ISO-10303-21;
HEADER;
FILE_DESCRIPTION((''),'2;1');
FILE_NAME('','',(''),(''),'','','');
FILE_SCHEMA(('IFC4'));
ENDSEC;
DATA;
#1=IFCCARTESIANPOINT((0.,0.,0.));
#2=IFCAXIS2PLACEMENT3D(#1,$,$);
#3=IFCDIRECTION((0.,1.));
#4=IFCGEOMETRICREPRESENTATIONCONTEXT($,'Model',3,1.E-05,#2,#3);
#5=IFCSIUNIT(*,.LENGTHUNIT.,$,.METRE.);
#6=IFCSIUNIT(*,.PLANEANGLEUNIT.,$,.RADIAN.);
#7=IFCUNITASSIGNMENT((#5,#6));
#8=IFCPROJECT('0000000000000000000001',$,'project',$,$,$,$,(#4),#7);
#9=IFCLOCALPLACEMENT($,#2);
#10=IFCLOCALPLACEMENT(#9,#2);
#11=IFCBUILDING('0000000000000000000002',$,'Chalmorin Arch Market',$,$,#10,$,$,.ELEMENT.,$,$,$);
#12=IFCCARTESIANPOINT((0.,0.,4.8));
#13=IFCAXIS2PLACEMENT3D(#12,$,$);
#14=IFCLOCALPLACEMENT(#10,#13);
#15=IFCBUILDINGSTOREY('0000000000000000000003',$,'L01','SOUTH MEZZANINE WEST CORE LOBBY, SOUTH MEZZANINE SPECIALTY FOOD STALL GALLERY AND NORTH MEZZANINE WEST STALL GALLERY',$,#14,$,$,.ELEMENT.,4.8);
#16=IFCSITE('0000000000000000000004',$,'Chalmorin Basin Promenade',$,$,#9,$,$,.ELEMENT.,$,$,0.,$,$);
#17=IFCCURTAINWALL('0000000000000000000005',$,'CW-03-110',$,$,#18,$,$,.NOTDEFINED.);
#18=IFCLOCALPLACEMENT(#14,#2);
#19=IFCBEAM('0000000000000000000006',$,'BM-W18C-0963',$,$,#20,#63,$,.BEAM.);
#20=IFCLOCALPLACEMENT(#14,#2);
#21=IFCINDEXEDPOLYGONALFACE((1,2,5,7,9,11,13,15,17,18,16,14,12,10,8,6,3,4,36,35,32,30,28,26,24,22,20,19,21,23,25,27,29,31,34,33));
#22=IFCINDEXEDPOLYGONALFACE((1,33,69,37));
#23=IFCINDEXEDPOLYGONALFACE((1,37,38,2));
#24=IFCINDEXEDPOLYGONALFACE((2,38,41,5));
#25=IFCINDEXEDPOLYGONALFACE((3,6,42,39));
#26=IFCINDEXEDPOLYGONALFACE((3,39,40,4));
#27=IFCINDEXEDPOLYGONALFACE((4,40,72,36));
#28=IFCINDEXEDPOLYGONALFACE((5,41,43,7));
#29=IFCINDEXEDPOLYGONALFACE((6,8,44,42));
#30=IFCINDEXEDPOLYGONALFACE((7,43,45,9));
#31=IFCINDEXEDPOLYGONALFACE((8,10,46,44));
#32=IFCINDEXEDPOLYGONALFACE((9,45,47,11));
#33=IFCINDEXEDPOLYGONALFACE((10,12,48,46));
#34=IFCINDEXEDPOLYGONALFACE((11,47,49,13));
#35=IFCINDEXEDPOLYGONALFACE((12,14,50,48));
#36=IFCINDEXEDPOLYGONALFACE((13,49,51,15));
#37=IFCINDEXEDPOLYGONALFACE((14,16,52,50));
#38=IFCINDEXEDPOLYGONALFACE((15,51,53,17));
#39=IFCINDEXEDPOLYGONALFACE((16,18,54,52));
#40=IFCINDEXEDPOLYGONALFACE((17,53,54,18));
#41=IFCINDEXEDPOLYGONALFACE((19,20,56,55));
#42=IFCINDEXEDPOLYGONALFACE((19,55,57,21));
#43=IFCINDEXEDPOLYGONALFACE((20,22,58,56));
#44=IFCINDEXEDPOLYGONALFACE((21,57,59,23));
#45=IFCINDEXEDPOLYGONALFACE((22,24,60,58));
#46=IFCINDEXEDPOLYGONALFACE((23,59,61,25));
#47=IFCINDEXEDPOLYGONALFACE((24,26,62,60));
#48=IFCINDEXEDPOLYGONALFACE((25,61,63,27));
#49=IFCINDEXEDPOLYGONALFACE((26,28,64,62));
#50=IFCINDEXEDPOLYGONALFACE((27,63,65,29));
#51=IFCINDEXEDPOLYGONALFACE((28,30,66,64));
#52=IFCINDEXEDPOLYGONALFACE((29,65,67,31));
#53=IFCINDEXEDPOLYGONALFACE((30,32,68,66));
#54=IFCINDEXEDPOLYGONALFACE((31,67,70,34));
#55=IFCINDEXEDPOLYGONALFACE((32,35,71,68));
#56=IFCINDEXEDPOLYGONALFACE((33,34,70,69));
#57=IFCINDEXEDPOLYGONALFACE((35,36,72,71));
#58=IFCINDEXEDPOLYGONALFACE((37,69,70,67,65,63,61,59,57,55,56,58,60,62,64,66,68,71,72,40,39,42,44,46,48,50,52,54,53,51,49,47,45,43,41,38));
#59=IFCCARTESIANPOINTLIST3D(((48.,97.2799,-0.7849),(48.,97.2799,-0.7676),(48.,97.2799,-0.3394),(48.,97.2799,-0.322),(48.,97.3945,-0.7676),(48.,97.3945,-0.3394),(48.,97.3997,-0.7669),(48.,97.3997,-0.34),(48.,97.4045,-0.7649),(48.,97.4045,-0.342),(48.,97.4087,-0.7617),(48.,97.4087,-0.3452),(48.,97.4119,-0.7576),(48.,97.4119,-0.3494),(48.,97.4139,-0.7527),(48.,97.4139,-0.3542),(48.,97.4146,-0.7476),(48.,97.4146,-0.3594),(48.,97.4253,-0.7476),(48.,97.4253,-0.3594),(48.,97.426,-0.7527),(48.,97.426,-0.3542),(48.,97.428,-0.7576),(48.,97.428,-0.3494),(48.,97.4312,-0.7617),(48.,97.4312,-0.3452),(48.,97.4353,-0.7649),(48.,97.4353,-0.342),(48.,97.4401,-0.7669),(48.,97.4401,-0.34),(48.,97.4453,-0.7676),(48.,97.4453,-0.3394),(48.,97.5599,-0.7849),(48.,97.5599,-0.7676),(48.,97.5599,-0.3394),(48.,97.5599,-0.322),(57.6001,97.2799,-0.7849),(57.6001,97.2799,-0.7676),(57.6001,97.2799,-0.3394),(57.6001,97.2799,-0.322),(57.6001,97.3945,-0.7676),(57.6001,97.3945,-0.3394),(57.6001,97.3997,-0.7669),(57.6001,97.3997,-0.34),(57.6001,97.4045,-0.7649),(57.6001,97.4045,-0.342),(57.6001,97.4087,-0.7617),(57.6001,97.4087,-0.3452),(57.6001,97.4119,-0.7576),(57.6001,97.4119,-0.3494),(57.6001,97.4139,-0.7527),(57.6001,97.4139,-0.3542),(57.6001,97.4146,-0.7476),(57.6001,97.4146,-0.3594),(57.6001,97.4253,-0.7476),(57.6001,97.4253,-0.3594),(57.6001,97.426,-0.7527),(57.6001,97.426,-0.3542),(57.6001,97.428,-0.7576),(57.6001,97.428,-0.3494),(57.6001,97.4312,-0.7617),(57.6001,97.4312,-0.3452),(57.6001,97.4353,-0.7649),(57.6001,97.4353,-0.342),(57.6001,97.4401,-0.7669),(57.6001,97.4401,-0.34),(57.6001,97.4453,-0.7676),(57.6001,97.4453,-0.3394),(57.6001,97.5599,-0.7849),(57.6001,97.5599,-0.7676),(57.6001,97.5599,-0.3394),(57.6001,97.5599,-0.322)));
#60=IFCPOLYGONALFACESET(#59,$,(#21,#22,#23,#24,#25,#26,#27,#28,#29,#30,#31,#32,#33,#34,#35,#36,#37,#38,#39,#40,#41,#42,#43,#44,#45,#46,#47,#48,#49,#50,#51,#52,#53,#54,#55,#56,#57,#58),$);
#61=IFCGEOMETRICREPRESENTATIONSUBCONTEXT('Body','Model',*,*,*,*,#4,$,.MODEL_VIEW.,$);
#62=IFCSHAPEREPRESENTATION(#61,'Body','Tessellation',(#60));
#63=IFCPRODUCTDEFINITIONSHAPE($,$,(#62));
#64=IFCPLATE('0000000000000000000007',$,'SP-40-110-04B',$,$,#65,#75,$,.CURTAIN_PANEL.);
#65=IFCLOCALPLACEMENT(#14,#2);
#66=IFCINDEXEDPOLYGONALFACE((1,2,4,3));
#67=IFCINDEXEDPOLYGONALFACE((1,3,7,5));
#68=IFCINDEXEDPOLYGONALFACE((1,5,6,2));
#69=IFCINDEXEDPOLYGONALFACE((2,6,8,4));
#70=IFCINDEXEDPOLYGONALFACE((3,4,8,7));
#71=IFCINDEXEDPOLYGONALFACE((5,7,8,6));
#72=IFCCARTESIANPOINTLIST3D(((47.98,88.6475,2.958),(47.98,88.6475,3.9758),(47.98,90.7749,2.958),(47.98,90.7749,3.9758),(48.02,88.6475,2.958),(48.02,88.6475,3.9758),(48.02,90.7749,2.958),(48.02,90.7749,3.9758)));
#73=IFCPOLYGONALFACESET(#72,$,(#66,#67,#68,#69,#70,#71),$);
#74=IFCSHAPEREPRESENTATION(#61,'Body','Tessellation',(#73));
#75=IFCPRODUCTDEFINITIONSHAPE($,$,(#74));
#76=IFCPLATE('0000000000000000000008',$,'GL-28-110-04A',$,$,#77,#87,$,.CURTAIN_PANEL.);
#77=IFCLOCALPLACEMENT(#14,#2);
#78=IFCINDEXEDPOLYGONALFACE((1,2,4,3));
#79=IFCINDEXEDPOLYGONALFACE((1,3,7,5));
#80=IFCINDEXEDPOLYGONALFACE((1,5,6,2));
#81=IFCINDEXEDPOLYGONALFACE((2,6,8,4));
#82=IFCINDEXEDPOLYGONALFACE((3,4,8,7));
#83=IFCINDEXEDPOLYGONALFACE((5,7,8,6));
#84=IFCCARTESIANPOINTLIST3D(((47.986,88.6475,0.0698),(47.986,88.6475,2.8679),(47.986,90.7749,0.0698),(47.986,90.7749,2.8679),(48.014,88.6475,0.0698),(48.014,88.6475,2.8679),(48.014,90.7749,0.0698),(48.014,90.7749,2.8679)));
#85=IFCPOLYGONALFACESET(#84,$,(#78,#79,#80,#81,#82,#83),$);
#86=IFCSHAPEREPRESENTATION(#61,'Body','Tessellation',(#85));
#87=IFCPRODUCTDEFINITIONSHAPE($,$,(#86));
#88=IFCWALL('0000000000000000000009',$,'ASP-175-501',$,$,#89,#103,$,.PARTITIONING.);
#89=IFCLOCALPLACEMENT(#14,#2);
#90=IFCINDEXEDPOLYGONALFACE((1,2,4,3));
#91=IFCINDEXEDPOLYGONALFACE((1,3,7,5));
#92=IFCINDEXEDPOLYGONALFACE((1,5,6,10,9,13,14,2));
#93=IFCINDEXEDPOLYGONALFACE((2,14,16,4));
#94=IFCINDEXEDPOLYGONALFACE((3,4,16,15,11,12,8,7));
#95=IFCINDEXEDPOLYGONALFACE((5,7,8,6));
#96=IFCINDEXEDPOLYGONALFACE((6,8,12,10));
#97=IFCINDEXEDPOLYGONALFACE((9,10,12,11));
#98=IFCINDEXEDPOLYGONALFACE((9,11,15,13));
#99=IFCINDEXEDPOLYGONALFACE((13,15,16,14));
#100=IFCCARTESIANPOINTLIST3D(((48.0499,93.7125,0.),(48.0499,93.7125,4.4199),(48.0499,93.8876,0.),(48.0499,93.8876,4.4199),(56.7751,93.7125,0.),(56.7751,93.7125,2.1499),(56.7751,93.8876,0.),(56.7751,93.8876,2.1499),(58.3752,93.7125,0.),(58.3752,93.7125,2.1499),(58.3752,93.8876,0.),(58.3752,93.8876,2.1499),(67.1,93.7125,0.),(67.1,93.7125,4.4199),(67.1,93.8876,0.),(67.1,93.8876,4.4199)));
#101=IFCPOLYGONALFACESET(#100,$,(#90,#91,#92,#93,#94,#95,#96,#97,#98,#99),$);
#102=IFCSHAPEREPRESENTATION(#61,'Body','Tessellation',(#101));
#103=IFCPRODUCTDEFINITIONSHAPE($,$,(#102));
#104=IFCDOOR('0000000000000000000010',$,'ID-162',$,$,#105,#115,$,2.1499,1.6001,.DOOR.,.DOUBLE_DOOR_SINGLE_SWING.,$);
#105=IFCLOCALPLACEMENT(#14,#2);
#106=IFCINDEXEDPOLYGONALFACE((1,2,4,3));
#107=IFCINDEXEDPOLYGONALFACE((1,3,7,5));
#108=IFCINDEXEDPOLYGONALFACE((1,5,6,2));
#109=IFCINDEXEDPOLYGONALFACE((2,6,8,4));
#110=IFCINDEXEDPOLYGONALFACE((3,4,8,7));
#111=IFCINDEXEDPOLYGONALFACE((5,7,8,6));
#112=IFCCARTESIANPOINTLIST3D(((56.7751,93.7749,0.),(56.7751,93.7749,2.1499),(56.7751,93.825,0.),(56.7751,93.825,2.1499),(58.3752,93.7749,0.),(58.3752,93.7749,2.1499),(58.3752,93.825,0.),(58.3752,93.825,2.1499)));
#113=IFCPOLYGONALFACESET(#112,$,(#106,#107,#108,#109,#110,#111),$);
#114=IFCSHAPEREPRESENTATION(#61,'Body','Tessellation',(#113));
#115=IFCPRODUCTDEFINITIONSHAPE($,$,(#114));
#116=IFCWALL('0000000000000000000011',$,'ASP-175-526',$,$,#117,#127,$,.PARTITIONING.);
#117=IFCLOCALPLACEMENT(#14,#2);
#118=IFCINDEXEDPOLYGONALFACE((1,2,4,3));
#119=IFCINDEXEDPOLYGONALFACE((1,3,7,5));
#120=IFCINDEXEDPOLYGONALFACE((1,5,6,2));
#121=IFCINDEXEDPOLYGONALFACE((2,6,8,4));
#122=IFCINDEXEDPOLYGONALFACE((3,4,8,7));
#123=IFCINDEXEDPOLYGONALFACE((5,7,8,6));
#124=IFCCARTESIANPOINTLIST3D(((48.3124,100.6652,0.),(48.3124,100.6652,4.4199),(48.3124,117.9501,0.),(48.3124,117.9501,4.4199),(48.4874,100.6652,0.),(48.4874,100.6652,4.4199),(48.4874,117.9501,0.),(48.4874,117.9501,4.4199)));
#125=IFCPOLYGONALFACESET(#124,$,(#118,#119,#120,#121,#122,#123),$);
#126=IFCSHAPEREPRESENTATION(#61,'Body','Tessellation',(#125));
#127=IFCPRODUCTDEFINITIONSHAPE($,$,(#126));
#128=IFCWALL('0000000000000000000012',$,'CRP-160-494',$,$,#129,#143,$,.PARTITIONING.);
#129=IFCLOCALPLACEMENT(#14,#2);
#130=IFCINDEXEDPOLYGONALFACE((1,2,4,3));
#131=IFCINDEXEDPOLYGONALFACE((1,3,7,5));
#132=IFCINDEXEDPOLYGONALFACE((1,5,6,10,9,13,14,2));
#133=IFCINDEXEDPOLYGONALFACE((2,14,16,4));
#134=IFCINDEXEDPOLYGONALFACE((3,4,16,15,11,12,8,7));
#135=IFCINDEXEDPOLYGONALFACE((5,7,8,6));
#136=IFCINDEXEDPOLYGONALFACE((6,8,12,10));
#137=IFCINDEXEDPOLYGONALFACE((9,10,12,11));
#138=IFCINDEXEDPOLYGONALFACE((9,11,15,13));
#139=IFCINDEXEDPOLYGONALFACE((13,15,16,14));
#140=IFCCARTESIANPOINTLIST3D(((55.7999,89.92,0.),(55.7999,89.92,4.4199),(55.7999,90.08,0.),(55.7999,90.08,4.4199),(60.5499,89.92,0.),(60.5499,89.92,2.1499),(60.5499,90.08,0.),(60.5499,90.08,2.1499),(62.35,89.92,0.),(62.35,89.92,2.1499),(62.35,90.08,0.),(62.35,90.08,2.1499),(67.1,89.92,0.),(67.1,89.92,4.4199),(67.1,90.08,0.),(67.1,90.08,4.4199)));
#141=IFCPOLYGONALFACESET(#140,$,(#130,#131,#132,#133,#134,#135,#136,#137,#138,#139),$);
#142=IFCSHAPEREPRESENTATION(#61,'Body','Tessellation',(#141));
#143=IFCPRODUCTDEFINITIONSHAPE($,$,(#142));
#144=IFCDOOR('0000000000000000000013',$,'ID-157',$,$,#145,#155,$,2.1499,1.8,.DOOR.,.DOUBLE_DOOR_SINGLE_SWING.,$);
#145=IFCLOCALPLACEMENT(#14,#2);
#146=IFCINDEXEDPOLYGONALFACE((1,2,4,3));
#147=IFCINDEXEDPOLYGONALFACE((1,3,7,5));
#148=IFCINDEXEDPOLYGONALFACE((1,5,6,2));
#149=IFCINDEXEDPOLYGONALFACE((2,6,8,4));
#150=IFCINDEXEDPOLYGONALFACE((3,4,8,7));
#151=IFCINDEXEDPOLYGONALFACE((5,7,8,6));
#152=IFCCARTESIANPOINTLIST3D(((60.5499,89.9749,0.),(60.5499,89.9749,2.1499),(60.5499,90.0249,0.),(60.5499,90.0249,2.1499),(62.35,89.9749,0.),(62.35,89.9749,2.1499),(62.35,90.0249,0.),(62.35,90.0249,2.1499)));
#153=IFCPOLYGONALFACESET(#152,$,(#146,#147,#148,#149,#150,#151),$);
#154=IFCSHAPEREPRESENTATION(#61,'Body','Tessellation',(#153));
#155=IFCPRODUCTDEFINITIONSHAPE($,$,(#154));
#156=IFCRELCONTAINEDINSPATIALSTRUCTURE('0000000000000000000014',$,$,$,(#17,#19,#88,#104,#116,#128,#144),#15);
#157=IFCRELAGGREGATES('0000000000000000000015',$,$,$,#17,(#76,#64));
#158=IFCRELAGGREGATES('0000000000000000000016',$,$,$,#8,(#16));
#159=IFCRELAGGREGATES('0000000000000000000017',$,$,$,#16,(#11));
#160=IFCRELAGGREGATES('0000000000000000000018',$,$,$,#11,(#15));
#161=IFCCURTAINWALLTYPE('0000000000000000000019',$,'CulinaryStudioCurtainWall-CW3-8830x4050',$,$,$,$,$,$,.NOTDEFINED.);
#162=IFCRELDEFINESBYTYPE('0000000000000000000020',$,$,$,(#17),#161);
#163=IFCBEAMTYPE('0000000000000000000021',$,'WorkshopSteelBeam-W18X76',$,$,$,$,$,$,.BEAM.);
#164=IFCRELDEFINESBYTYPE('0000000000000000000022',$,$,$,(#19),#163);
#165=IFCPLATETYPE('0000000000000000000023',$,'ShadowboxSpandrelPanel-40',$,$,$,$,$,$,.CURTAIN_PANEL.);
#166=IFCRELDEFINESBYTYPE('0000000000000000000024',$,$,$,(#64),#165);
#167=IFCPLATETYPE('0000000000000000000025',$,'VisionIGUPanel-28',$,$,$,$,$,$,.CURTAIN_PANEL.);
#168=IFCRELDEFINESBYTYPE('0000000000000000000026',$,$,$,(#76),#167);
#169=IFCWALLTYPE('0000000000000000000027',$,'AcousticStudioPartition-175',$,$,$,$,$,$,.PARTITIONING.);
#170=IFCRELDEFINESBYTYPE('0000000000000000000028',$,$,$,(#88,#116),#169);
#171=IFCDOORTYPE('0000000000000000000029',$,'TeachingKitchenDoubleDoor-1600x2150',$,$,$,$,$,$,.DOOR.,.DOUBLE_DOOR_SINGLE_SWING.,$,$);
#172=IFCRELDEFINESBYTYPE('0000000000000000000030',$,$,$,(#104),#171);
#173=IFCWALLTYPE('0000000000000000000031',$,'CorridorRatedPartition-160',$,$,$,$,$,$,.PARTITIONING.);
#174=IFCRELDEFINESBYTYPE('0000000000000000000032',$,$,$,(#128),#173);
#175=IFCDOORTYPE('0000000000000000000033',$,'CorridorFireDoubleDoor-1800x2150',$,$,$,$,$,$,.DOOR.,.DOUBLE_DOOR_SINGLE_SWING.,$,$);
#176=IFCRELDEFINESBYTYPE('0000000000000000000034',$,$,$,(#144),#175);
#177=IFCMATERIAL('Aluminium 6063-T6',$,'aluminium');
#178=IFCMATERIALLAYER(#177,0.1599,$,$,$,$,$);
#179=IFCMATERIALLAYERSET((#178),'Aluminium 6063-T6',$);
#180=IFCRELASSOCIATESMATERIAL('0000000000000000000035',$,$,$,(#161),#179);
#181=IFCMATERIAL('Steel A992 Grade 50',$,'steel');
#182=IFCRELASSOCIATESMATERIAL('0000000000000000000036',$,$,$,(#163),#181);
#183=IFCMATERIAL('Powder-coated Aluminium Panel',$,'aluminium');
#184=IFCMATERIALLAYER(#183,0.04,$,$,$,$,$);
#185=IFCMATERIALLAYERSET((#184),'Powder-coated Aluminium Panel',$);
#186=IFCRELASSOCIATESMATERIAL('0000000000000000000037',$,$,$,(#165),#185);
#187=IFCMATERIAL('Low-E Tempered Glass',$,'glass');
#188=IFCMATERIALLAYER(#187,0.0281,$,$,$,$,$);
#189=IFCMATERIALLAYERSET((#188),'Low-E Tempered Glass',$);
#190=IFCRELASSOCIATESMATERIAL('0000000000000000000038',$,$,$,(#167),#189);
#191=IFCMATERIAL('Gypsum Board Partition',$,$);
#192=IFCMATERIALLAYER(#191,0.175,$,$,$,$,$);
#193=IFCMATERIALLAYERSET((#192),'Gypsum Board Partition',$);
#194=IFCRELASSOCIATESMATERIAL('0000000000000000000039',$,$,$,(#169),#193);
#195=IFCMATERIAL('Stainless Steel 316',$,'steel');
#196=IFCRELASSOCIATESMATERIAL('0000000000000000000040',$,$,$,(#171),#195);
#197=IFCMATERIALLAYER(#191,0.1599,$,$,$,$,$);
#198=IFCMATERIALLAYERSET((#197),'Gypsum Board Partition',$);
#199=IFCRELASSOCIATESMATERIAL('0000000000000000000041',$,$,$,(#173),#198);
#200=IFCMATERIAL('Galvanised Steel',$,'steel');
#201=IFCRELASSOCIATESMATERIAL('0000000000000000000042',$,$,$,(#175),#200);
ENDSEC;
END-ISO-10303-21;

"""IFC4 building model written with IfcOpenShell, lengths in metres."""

from ifc_helpers import new_model, si_unit, direction, frame, frame_2d, origin, origin_2d, place, context, subcontext, project, spatial, rectangle, i_section, extrude, material, layer, layer_set, material_profile, profile_set, type_object, element, fill, aggregate, save


model = new_model("IFC4")

# Units and contexts
model_context = context("Model", 3, precision=1e-05, world=origin(), true_north=direction((0.0, 1.0)))
body_context = subcontext(model_context, "Body", "Model", "MODEL_VIEW")
ifc_project = project(units=[si_unit("LENGTHUNIT", "METRE"), si_unit("PLANEANGLEUNIT", "RADIAN")], contexts=[model_context])

# Site, building, storey
site_placement = place(None, origin())
site = spatial("IfcSite", under=ifc_project, at=site_placement, Name="Chalmorin Basin Promenade", CompositionType="ELEMENT", RefElevation=0.0)
building_placement = place(site_placement, origin())
building = spatial("IfcBuilding", under=site, at=building_placement, Name="Chalmorin Arch Market", CompositionType="ELEMENT")
storey_placement = place(building_placement, frame((0.0, 0.0, 4.8)))
storey = spatial("IfcBuildingStorey", under=building, at=storey_placement, Name="L01", Description="SOUTH MEZZANINE WEST CORE LOBBY, SOUTH MEZZANINE SPECIALTY FOOD STALL GALLERY AND NORTH MEZZANINE WEST STALL GALLERY", CompositionType="ELEMENT", Elevation=4.8)

# Curtain wall
ifc_material_1 = material(Name="Aluminium 6063-T6", Category="aluminium")
ifc_layer_1 = layer(ifc_material_1, 0.1599)
ifc_layer_set_1 = layer_set([ifc_layer_1], Name="Aluminium 6063-T6")
curtain_wall_type_1 = type_object("IfcCurtainWallType", Name="CulinaryStudioCurtainWall-CW3-8830x4050", PredefinedType="NOTDEFINED", material=ifc_layer_set_1)
curtain_wall_1_placement = place(storey_placement, origin())
curtain_wall_1 = element("IfcCurtainWall", 1, at=curtain_wall_1_placement, inside=storey, type_object=curtain_wall_type_1, Name="CW-03-110", PredefinedType="NOTDEFINED")

# Beam
ifc_material_2 = material(Name="Steel A992 Grade 50", Category="steel")
ifc_material_profile_1 = material_profile(ifc_material_2, i_section(OverallWidth=0.28, OverallDepth=0.4629, WebThickness=0.0107, FlangeThickness=0.0173, FilletRadius=0.02, at=origin_2d()), Name="W18X76")
ifc_profile_set_1 = profile_set([ifc_material_profile_1], Name="Steel A992 Grade 50")
beam_type_1 = type_object("IfcBeamType", Name="WorkshopSteelBeam-W18X76", PredefinedType="BEAM", material=ifc_profile_set_1)
for number, where, z_axis, x_axis, name in (
    (2, (48.0, 97.4199, -0.5535), (1.0, 0.0, 0.0), (0.0, 1.0, 0.0), "BM-W18C-0963"),
):
    element("IfcBeam", number, at=place(storey_placement, frame(where, z_axis=z_axis, x_axis=x_axis)), inside=storey, type_object=beam_type_1, Name=name, PredefinedType="BEAM", context=body_context, shape_type="SweptSolid", body=[
        extrude(i_section(OverallWidth=0.28, OverallDepth=0.4629, WebThickness=0.0107, FlangeThickness=0.0173, FilletRadius=0.02, at=origin_2d()), origin(), (0.0, 0.0, 1.0), 9.6001),
    ])

# Plates
ifc_material_3 = material(Name="Powder-coated Aluminium Panel", Category="aluminium")
ifc_layer_2 = layer(ifc_material_3, 0.04)
ifc_layer_set_2 = layer_set([ifc_layer_2], Name="Powder-coated Aluminium Panel")
plate_type_1 = type_object("IfcPlateType", Name="ShadowboxSpandrelPanel-40", PredefinedType="CURTAIN_PANEL", material=ifc_layer_set_2)
plate_1_placement = place(storey_placement, frame((48.0, 89.7112, 2.958), z_axis=(0.0, 0.0, 1.0), x_axis=(0.0, 1.0, 0.0)))
plate_1 = element("IfcPlate", 3, at=plate_1_placement, type_object=plate_type_1, Name="SP-40-110-04B", PredefinedType="CURTAIN_PANEL", context=body_context, shape_type="SweptSolid", body=[
    extrude(rectangle(XDim=2.1274, YDim=0.04, at=origin_2d()), origin(), (0.0, 0.0, 1.0), 1.0178),
])
ifc_material_4 = material(Name="Low-E Tempered Glass", Category="glass")
ifc_layer_3 = layer(ifc_material_4, 0.0281)
ifc_layer_set_3 = layer_set([ifc_layer_3], Name="Low-E Tempered Glass")
plate_type_2 = type_object("IfcPlateType", Name="VisionIGUPanel-28", PredefinedType="CURTAIN_PANEL", material=ifc_layer_set_3)
plate_2_placement = place(storey_placement, frame((48.0, 89.7112, 0.0698), z_axis=(0.0, 0.0, 1.0), x_axis=(0.0, 1.0, 0.0)))
plate_2 = element("IfcPlate", 4, at=plate_2_placement, type_object=plate_type_2, Name="GL-28-110-04A", PredefinedType="CURTAIN_PANEL", context=body_context, shape_type="SweptSolid", body=[
    extrude(rectangle(XDim=2.1274, YDim=0.0281, at=origin_2d()), origin(), (0.0, 0.0, 1.0), 2.7981),
])
aggregate(curtain_wall_1, [plate_2, plate_1])

# Wall, opening, door
ifc_material_5 = material(Name="Gypsum Board Partition")
ifc_layer_4 = layer(ifc_material_5, 0.175)
ifc_layer_set_4 = layer_set([ifc_layer_4], Name="Gypsum Board Partition")
wall_type_1 = type_object("IfcWallType", Name="AcousticStudioPartition-175", PredefinedType="PARTITIONING", material=ifc_layer_set_4)
wall_1_placement = place(storey_placement, frame((48.05, 93.8, 0.0), z_axis=(0.0, 0.0, 1.0), x_axis=(1.0, 0.0, 0.0)))
wall_1 = element("IfcWall", 5, at=wall_1_placement, inside=storey, type_object=wall_type_1, Name="ASP-175-501", PredefinedType="PARTITIONING", context=body_context, shape_type="SweptSolid", body=[
    extrude(rectangle(XDim=19.05, YDim=0.175, at=frame_2d((9.5249, 0.0))), origin(), (0.0, 0.0, 1.0), 4.4199),
])
opening_1_placement = place(wall_1_placement, frame((8.7251, 0.0, 0.0)))
opening_1 = element("IfcOpeningElement", 6, at=opening_1_placement, cuts=wall_1, PredefinedType="OPENING", context=body_context, shape_type="SweptSolid", body=[
    extrude(rectangle(XDim=1.6001, YDim=2.1499, at=frame_2d((0.8, 1.075))), frame((0.0, 0.0974, 0.0), z_axis=(0.0, -1.0, 0.0), x_axis=(1.0, 0.0, 0.0)), (0.0, 0.0, 1.0), 0.1951),
])
ifc_material_6 = material(Name="Stainless Steel 316", Category="steel")
door_type_1 = type_object("IfcDoorType", Name="TeachingKitchenDoubleDoor-1600x2150", OperationType="DOUBLE_DOOR_SINGLE_SWING", PredefinedType="DOOR", material=ifc_material_6)
door_1_placement = place(opening_1_placement, origin())
door_1 = element("IfcDoor", 7, at=door_1_placement, inside=storey, type_object=door_type_1, Name="ID-162", OperationType="DOUBLE_DOOR_SINGLE_SWING", OverallHeight=2.1499, OverallWidth=1.6001, PredefinedType="DOOR", context=body_context, shape_type="SweptSolid", body=[
    extrude(rectangle(XDim=1.6001, YDim=2.1499, at=frame_2d((0.8, 1.075))), frame((0.0, 0.0249, 0.0), z_axis=(0.0, -1.0, 0.0), x_axis=(1.0, 0.0, 0.0)), (0.0, 0.0, 1.0), 0.05),
])
fill(opening_1, door_1)

# Wall
wall_2_placement = place(storey_placement, frame((48.3999, 100.665, 0.0), z_axis=(0.0, 0.0, 1.0), x_axis=(0.0, 1.0, 0.0)))
element("IfcWall", 8, at=wall_2_placement, inside=storey, type_object=wall_type_1, Name="ASP-175-526", PredefinedType="PARTITIONING", context=body_context, shape_type="SweptSolid", body=[
    extrude(rectangle(XDim=17.2849, YDim=0.175, at=frame_2d((8.6426, 0.0))), origin(), (0.0, 0.0, 1.0), 4.4199),
])

# Wall, opening, door
ifc_layer_5 = layer(ifc_material_5, 0.1599)
ifc_layer_set_5 = layer_set([ifc_layer_5], Name="Gypsum Board Partition")
wall_type_2 = type_object("IfcWallType", Name="CorridorRatedPartition-160", PredefinedType="PARTITIONING", material=ifc_layer_set_5)
wall_3_placement = place(storey_placement, frame((55.8, 90.0, 0.0), z_axis=(0.0, 0.0, 1.0), x_axis=(1.0, 0.0, 0.0)))
wall_3 = element("IfcWall", 9, at=wall_3_placement, inside=storey, type_object=wall_type_2, Name="CRP-160-494", PredefinedType="PARTITIONING", context=body_context, shape_type="SweptSolid", body=[
    extrude(rectangle(XDim=11.3, YDim=0.1599, at=frame_2d((5.6499, 0.0))), origin(), (0.0, 0.0, 1.0), 4.4199),
])
opening_2_placement = place(wall_3_placement, frame((4.75, 0.0, 0.0)))
opening_2 = element("IfcOpeningElement", 10, at=opening_2_placement, cuts=wall_3, PredefinedType="OPENING", context=body_context, shape_type="SweptSolid", body=[
    extrude(rectangle(XDim=1.8, YDim=2.1499, at=frame_2d((0.8999, 1.075))), frame((0.0, 0.0898, 0.0), z_axis=(0.0, -1.0, 0.0), x_axis=(1.0, 0.0, 0.0)), (0.0, 0.0, 1.0), 0.1799),
])
ifc_material_7 = material(Name="Galvanised Steel", Category="steel")
door_type_2 = type_object("IfcDoorType", Name="CorridorFireDoubleDoor-1800x2150", OperationType="DOUBLE_DOOR_SINGLE_SWING", PredefinedType="DOOR", material=ifc_material_7)
door_2_placement = place(opening_2_placement, origin())
door_2 = element("IfcDoor", 11, at=door_2_placement, inside=storey, type_object=door_type_2, Name="ID-157", OperationType="DOUBLE_DOOR_SINGLE_SWING", OverallHeight=2.1499, OverallWidth=1.8, PredefinedType="DOOR", context=body_context, shape_type="SweptSolid", body=[
    extrude(rectangle(XDim=1.8, YDim=2.1499, at=frame_2d((0.8999, 1.075))), frame((0.0, 0.0249, 0.0), z_axis=(0.0, -1.0, 0.0), x_axis=(1.0, 0.0, 0.0)), (0.0, 0.0, 1.0), 0.05),
])
fill(opening_2, door_2)

save(model, "model.ifc")
